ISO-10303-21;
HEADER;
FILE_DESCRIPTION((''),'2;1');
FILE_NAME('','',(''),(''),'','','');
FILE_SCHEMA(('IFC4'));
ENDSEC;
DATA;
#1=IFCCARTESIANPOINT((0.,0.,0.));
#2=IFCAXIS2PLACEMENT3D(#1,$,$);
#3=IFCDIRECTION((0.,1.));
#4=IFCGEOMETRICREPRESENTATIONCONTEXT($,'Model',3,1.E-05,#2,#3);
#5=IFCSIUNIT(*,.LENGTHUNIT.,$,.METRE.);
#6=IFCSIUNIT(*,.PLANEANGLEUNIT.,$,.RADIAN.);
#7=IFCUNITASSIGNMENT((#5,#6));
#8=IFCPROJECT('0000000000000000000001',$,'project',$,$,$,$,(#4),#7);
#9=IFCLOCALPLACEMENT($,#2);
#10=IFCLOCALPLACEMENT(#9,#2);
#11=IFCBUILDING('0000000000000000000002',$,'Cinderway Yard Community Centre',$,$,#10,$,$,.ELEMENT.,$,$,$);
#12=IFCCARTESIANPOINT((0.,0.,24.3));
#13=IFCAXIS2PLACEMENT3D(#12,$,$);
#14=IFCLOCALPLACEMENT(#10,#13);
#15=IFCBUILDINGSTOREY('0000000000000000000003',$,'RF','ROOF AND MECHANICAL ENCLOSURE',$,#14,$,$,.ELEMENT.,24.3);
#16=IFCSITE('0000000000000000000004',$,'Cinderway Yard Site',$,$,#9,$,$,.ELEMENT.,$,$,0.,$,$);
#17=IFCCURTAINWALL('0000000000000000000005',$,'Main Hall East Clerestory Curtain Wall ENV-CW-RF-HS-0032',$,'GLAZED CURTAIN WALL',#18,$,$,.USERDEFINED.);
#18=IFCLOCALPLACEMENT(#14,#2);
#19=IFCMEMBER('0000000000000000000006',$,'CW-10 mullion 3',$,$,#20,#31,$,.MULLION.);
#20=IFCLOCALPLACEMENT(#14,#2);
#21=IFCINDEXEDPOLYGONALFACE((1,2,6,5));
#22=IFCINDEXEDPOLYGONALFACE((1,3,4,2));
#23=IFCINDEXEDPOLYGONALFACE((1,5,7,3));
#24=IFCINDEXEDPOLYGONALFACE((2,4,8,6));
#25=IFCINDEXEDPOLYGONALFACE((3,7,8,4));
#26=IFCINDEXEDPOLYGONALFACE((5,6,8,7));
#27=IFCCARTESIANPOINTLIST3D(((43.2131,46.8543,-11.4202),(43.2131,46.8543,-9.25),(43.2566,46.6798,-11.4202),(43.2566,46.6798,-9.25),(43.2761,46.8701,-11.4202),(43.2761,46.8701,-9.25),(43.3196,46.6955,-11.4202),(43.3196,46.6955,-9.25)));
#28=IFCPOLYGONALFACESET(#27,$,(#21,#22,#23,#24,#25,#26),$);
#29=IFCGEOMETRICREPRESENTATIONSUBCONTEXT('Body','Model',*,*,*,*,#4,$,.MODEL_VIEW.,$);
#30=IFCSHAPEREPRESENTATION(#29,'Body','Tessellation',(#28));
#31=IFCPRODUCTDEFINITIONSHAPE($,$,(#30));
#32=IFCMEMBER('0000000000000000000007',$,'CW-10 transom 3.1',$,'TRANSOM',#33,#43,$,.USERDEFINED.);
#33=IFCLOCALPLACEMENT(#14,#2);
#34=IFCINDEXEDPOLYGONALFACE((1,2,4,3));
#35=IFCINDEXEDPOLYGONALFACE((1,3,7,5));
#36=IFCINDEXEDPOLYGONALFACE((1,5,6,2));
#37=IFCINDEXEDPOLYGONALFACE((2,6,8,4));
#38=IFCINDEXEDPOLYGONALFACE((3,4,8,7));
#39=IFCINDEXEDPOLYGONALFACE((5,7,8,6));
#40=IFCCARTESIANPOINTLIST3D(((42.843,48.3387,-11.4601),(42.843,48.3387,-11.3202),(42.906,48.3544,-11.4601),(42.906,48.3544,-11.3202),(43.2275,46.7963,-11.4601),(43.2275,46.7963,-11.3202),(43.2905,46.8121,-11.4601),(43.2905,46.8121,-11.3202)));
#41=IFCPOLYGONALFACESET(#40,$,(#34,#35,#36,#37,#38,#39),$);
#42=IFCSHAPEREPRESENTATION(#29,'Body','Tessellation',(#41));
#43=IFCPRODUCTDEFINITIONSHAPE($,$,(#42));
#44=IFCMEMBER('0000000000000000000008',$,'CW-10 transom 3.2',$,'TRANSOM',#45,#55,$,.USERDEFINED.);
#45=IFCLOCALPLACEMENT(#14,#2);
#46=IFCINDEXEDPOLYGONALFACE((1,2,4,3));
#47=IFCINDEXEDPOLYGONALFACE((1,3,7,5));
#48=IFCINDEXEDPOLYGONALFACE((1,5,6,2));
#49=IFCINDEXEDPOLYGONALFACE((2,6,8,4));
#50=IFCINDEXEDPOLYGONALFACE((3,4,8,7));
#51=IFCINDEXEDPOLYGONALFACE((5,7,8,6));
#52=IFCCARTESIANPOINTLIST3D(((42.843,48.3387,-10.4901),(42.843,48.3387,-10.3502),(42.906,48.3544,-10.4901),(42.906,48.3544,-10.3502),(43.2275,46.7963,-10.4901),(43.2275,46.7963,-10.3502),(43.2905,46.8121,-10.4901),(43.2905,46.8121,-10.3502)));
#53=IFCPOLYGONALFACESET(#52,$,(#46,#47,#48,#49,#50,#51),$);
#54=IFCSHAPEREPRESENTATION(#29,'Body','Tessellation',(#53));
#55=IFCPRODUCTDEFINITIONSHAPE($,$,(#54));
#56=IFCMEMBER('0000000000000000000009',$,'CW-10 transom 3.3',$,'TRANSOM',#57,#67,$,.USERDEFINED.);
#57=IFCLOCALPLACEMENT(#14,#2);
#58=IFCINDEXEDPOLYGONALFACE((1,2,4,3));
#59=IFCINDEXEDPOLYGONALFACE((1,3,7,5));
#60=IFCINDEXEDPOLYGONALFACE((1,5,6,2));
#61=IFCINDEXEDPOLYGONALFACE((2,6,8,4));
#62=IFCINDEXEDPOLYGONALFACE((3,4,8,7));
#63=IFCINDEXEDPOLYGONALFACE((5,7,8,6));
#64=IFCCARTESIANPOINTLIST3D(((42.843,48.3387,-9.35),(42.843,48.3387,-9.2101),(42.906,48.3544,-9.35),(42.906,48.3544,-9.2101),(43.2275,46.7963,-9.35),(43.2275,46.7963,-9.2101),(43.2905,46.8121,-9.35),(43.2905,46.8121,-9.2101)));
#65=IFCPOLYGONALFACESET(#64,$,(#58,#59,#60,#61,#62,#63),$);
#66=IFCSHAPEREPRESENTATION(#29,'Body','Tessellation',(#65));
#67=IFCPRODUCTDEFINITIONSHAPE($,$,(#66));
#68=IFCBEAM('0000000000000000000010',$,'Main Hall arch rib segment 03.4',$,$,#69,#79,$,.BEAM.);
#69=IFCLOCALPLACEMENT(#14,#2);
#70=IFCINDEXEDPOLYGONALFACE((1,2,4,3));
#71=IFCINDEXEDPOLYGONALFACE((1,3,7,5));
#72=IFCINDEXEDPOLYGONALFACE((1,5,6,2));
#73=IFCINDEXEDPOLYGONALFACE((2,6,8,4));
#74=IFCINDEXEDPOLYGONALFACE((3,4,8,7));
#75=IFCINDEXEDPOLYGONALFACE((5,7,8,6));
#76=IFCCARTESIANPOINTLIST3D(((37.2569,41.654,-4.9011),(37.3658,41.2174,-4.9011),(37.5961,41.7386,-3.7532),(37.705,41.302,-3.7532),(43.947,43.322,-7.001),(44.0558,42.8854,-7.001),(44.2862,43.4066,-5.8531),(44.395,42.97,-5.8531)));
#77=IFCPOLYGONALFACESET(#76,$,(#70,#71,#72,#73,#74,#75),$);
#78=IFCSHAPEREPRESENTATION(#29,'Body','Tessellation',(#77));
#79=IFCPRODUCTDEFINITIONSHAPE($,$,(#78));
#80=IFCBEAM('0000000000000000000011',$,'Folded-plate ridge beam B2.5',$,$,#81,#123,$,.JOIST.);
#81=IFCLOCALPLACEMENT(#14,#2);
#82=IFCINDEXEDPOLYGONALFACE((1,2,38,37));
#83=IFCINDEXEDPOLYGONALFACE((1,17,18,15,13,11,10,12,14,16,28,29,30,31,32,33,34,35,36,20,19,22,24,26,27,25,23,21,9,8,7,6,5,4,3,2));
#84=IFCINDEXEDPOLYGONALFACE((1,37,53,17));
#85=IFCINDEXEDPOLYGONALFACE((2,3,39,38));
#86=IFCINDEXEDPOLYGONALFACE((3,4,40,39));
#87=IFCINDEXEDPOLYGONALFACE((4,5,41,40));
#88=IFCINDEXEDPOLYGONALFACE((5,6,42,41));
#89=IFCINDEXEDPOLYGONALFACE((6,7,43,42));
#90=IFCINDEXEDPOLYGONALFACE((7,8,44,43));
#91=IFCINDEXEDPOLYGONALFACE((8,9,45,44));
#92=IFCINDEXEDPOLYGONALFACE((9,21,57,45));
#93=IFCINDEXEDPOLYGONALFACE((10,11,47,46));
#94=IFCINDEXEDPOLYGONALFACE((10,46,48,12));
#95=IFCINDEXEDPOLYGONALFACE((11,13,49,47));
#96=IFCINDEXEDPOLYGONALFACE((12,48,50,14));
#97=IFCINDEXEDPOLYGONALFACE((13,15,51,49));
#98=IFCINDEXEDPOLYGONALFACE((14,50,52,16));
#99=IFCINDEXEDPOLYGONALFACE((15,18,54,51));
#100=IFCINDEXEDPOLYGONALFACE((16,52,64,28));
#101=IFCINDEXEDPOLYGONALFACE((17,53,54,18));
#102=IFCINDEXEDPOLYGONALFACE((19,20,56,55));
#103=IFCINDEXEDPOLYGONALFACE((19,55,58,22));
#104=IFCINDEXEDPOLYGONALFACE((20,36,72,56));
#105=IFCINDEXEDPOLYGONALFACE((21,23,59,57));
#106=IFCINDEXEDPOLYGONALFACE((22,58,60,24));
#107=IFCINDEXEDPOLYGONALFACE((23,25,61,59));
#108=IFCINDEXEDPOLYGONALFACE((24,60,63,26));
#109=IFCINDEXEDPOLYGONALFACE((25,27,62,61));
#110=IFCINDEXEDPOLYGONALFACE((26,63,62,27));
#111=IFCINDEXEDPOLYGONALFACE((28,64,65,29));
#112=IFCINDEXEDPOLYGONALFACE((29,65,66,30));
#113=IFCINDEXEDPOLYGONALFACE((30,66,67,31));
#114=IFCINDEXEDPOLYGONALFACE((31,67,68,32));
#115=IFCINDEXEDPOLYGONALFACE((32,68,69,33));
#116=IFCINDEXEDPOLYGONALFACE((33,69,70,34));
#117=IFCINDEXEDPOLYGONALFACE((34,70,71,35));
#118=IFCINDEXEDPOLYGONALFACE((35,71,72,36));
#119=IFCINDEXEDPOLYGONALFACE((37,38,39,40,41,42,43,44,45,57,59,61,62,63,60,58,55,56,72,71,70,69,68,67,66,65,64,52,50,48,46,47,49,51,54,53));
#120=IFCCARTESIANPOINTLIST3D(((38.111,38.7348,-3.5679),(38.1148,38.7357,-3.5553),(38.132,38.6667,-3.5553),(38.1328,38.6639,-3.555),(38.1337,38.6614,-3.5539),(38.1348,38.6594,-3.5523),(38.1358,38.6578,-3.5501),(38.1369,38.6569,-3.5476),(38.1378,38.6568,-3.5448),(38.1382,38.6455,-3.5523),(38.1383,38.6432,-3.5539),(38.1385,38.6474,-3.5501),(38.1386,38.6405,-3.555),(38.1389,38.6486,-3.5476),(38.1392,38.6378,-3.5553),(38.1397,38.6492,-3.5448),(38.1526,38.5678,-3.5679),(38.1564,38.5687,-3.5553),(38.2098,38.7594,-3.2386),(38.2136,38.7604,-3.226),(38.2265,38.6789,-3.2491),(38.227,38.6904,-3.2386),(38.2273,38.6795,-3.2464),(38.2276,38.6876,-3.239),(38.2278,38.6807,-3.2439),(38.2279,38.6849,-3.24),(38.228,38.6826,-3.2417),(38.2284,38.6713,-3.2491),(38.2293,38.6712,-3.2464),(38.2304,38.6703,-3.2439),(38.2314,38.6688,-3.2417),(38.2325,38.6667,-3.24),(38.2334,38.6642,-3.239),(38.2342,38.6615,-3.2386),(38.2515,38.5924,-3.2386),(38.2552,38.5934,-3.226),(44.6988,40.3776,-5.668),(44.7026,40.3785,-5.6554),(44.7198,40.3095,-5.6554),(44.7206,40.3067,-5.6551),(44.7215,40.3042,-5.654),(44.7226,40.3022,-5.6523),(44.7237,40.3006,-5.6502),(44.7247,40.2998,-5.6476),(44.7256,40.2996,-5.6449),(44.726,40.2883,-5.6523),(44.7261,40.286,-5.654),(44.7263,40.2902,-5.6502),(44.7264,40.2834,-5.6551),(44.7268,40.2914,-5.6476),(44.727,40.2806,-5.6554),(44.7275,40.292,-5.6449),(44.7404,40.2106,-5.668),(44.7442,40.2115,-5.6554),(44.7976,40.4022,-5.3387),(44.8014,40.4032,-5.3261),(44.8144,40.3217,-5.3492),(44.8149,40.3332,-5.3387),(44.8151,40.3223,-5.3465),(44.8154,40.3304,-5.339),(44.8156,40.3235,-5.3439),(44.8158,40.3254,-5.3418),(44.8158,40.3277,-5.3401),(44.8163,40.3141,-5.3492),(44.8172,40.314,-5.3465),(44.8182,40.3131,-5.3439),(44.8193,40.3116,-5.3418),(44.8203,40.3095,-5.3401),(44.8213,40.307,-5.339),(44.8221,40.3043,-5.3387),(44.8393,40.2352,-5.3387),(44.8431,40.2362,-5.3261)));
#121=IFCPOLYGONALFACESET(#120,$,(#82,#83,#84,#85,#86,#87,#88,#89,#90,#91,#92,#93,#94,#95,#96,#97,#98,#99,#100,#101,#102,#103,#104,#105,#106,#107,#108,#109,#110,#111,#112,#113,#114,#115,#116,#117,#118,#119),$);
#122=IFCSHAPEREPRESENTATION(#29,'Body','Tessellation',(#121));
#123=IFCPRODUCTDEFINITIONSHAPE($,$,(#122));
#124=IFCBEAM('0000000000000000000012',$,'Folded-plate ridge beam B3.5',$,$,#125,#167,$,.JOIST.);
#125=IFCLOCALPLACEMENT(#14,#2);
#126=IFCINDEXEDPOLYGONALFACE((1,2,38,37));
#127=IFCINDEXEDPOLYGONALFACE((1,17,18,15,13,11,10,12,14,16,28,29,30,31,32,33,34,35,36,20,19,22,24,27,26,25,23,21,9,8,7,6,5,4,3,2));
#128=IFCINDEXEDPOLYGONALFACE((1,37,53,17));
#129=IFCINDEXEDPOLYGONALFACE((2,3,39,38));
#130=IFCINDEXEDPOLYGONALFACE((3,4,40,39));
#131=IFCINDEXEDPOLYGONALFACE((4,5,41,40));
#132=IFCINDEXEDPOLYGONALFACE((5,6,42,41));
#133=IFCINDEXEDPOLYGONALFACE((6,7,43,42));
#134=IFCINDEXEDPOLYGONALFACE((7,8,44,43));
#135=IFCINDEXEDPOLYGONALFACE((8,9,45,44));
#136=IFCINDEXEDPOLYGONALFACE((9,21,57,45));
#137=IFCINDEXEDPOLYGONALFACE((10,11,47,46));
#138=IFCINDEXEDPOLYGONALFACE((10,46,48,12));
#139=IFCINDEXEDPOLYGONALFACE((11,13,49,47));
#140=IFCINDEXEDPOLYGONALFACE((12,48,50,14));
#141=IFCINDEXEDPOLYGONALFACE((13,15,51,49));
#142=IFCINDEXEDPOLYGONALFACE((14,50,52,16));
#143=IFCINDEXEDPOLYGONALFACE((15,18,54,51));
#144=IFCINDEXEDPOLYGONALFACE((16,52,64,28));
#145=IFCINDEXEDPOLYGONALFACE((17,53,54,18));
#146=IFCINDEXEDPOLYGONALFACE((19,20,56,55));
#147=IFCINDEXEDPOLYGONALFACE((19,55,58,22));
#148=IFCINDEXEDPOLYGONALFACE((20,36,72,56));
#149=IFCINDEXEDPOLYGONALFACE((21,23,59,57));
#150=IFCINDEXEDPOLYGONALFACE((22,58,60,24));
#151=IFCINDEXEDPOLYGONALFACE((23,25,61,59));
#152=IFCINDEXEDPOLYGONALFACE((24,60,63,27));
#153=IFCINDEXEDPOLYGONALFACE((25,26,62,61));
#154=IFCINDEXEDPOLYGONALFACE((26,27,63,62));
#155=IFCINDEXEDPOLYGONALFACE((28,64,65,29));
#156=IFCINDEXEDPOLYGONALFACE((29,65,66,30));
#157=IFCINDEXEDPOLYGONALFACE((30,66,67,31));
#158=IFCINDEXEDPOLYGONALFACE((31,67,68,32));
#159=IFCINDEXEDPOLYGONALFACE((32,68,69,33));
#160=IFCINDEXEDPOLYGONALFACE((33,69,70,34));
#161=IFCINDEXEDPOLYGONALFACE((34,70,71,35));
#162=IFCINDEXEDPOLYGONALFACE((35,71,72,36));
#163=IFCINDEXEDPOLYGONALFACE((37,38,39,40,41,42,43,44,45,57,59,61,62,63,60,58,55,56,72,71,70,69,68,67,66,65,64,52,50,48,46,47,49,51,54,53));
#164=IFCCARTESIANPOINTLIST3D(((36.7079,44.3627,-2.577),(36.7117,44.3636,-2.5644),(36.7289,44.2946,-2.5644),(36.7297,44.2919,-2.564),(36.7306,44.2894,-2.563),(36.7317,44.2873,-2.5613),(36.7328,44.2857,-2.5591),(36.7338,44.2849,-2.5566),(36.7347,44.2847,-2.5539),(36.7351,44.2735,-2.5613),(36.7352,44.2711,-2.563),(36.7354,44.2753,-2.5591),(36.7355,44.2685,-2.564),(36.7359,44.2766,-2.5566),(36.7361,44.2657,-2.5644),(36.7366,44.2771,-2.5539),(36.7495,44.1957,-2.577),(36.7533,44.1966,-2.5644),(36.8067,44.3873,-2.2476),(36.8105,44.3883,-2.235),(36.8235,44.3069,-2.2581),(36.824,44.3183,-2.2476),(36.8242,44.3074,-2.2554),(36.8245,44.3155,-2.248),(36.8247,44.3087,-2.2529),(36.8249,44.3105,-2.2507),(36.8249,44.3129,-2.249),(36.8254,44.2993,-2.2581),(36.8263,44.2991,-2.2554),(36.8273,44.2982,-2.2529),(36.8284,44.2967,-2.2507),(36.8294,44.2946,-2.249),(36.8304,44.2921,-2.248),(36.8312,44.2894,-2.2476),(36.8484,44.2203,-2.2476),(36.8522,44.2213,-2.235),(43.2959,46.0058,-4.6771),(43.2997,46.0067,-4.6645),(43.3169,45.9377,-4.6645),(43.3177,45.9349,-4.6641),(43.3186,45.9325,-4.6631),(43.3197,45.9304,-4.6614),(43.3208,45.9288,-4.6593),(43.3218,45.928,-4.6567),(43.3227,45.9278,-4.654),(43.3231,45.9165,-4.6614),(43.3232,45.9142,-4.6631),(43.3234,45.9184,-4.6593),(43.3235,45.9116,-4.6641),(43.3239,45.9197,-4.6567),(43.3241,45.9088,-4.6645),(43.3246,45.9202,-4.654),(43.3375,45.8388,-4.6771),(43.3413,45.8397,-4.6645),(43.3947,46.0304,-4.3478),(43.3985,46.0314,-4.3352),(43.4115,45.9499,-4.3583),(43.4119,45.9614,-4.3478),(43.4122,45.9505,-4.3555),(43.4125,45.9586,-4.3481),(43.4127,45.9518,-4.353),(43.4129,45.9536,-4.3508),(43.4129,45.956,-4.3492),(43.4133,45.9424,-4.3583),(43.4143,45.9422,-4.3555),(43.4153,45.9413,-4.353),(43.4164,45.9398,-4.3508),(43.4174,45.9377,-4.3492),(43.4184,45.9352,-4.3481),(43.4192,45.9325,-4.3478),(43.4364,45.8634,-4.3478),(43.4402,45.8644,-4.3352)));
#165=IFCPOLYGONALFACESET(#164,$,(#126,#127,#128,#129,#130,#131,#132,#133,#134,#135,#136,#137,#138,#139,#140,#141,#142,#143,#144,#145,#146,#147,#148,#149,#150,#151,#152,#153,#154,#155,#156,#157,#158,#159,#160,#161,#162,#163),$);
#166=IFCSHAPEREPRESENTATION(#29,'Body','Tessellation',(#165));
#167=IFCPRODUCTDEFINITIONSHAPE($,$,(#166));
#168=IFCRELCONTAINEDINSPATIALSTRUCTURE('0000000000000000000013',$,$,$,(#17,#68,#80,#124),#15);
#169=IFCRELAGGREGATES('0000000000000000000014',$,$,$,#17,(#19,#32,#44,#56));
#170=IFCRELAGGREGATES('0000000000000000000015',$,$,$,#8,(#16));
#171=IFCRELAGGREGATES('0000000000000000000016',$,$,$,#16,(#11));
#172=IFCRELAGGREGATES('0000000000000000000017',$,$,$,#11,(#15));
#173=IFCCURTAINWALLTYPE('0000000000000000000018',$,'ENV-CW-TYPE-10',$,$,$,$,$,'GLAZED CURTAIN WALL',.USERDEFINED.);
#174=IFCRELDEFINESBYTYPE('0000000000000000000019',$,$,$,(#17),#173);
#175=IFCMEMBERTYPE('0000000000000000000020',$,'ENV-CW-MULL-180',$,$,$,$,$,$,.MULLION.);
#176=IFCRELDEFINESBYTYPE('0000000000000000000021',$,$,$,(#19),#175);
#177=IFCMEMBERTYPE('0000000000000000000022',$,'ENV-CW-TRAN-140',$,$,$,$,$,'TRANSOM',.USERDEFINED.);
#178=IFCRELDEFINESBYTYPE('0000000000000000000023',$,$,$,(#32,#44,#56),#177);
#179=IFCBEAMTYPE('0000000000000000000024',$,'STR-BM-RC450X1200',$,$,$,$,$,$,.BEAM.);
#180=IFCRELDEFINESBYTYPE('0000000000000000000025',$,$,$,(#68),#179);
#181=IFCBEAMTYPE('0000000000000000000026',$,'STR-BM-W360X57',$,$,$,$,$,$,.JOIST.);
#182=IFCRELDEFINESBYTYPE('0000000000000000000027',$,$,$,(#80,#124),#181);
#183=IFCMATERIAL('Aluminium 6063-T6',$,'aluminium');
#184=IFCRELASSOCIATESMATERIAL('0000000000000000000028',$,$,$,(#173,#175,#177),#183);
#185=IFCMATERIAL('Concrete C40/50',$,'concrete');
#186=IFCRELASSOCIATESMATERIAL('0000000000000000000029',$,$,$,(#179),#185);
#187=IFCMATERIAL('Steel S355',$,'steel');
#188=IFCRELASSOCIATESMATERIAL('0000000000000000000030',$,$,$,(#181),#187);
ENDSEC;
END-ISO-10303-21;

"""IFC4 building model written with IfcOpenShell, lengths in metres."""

from ifc_helpers import new_model, si_unit, direction, frame, origin, origin_2d, place, context, subcontext, project, spatial, rectangle, i_section, extrude, material, material_profile, profile_set, type_object, element, aggregate, save


model = new_model("IFC4")

# Units and contexts
model_context = context("Model", 3, precision=1e-05, world=origin(), true_north=direction((0.0, 1.0)))
body_context = subcontext(model_context, "Body", "Model", "MODEL_VIEW")
ifc_project = project(units=[si_unit("LENGTHUNIT", "METRE"), si_unit("PLANEANGLEUNIT", "RADIAN")], contexts=[model_context])

# Site, building, storey
site_placement = place(None, origin())
site = spatial("IfcSite", under=ifc_project, at=site_placement, Name="Cinderway Yard Site", CompositionType="ELEMENT", RefElevation=0.0)
building_placement = place(site_placement, origin())
building = spatial("IfcBuilding", under=site, at=building_placement, Name="Cinderway Yard Community Centre", CompositionType="ELEMENT")
storey_placement = place(building_placement, frame((0.0, 0.0, 24.3)))
storey = spatial("IfcBuildingStorey", under=building, at=storey_placement, Name="RF", Description="ROOF AND MECHANICAL ENCLOSURE", CompositionType="ELEMENT", Elevation=24.3)

# Curtain wall, members
ifc_material_1 = material(Name="Aluminium 6063-T6", Category="aluminium")
curtain_wall_type = type_object("IfcCurtainWallType", Name="ENV-CW-TYPE-10", ElementType="GLAZED CURTAIN WALL", PredefinedType="USERDEFINED", material=ifc_material_1)
curtain_wall_placement = place(storey_placement, origin())
curtain_wall = element("IfcCurtainWall", 1, at=curtain_wall_placement, inside=storey, type_object=curtain_wall_type, Name="Main Hall East Clerestory Curtain Wall ENV-CW-RF-HS-0032", ObjectType="GLAZED CURTAIN WALL", PredefinedType="USERDEFINED")
ifc_material_profile_1 = material_profile(ifc_material_1, rectangle(XDim=0.0649, YDim=0.1799, at=origin_2d()), Name="Aluminium 6063-T6")
ifc_profile_set_1 = profile_set([ifc_material_profile_1], Name="Aluminium 6063-T6")
member_type_1 = type_object("IfcMemberType", Name="ENV-CW-MULL-180", PredefinedType="MULLION", material=ifc_profile_set_1)
member_1_placement = place(storey_placement, frame((43.2664, 46.7749, -11.4202), z_axis=(0.0, 0.0, 1.0), x_axis=(-0.970306, -0.241882, 0.0)))
member_1 = element("IfcMember", 2, at=member_1_placement, type_object=member_type_1, Name="CW-10 mullion 3", PredefinedType="MULLION", context=body_context, shape_type="SweptSolid", body=[
    extrude(rectangle(XDim=0.0649, YDim=0.1799, at=origin_2d()), origin(), (0.0, 0.0, 1.0), 2.1702),
])
ifc_material_profile_2 = material_profile(ifc_material_1, rectangle(XDim=0.0649, YDim=0.1399, at=origin_2d()), Name="Aluminium 6063-T6")
ifc_profile_set_2 = profile_set([ifc_material_profile_2], Name="Aluminium 6063-T6")
member_type_2 = type_object("IfcMemberType", Name="ENV-CW-TRAN-140", ElementType="TRANSOM", PredefinedType="USERDEFINED", material=ifc_profile_set_2)
member_2_placement = place(storey_placement, frame((43.259, 46.8042, -11.3901), z_axis=(-0.241885, 0.970305, 0.0), x_axis=(-0.970305, -0.241885, 0.0)))
member_2 = element("IfcMember", 3, at=member_2_placement, type_object=member_type_2, Name="CW-10 transom 3.1", ObjectType="TRANSOM", PredefinedType="USERDEFINED", context=body_context, shape_type="SweptSolid", body=[
    extrude(rectangle(XDim=0.0649, YDim=0.1399, at=origin_2d()), origin(), (0.0, 0.0, 1.0), 1.5896),
])
member_3_placement = place(storey_placement, frame((43.259, 46.8042, -10.4202), z_axis=(-0.241885, 0.970305, 0.0), x_axis=(-0.970305, -0.241885, 0.0)))
member_3 = element("IfcMember", 4, at=member_3_placement, type_object=member_type_2, Name="CW-10 transom 3.2", ObjectType="TRANSOM", PredefinedType="USERDEFINED", context=body_context, shape_type="SweptSolid", body=[
    extrude(rectangle(XDim=0.0649, YDim=0.1399, at=origin_2d()), origin(), (0.0, 0.0, 1.0), 1.5896),
])
member_4_placement = place(storey_placement, frame((43.259, 46.8042, -9.28), z_axis=(-0.241885, 0.970305, 0.0), x_axis=(-0.970305, -0.241885, 0.0)))
member_4 = element("IfcMember", 5, at=member_4_placement, type_object=member_type_2, Name="CW-10 transom 3.3", ObjectType="TRANSOM", PredefinedType="USERDEFINED", context=body_context, shape_type="SweptSolid", body=[
    extrude(rectangle(XDim=0.0649, YDim=0.1399, at=origin_2d()), origin(), (0.0, 0.0, 1.0), 1.5896),
])

# Beams
ifc_material_2 = material(Name="Concrete C40/50", Category="concrete")
ifc_material_profile_3 = material_profile(ifc_material_2, rectangle(XDim=0.45, YDim=1.2, at=origin_2d()), Name="Concrete C40/50")
ifc_profile_set_3 = profile_set([ifc_material_profile_3], Name="Concrete C40/50")
beam_type_1 = type_object("IfcBeamType", Name="STR-BM-RC450X1200", PredefinedType="BEAM", material=ifc_profile_set_3)
beam_1_placement = place(storey_placement, frame((37.481, 41.478, -4.3271), z_axis=(0.928203, 0.231424, -0.291346), x_axis=(-0.241919, 0.970296, 0.0)))
element("IfcBeam", 6, at=beam_1_placement, inside=storey, type_object=beam_type_1, Name="Main Hall arch rib segment 03.4", PredefinedType="BEAM", context=body_context, shape_type="SweptSolid", body=[
    extrude(rectangle(XDim=0.45, YDim=1.2, at=origin_2d()), origin(), (0.0, 0.0, 1.0), 7.2075),
])
ifc_material_3 = material(Name="Steel S355", Category="steel")
ifc_material_profile_4 = material_profile(ifc_material_3, i_section(OverallWidth=0.1721, OverallDepth=0.3579, WebThickness=0.0078, FlangeThickness=0.0132, FilletRadius=0.011, at=origin_2d()), Name="Steel S355")
ifc_profile_set_4 = profile_set([ifc_material_profile_4], Name="Steel S355")
beam_type_2 = type_object("IfcBeamType", Name="STR-BM-W360X57", PredefinedType="JOIST", material=ifc_profile_set_4)
beam_2_placement = place(storey_placement, frame((38.1831, 38.6641, -3.397), z_axis=(0.926957, 0.231155, -0.295497), x_axis=(-0.24196, 0.970286, 0.0)))
element("IfcBeam", 7, at=beam_2_placement, inside=storey, type_object=beam_type_2, Name="Folded-plate ridge beam B2.5", PredefinedType="JOIST", context=body_context, shape_type="SweptSolid", body=[
    extrude(i_section(OverallWidth=0.1721, OverallDepth=0.3579, WebThickness=0.0078, FlangeThickness=0.0132, FilletRadius=0.011, at=origin_2d()), origin(), (0.0, 0.0, 1.0), 7.1069),
])
beam_3_placement = place(storey_placement, frame((36.78, 44.292, -2.406), z_axis=(0.926949, 0.231188, -0.295494), x_axis=(-0.241994, 0.970278, 0.0)))
element("IfcBeam", 8, at=beam_3_placement, inside=storey, type_object=beam_type_2, Name="Folded-plate ridge beam B3.5", PredefinedType="JOIST", context=body_context, shape_type="SweptSolid", body=[
    extrude(i_section(OverallWidth=0.1721, OverallDepth=0.3579, WebThickness=0.0078, FlangeThickness=0.0132, FilletRadius=0.011, at=origin_2d()), origin(), (0.0, 0.0, 1.0), 7.1072),
])

aggregate(curtain_wall, [member_1, member_2, member_3, member_4])

save(model, "model.ifc")
